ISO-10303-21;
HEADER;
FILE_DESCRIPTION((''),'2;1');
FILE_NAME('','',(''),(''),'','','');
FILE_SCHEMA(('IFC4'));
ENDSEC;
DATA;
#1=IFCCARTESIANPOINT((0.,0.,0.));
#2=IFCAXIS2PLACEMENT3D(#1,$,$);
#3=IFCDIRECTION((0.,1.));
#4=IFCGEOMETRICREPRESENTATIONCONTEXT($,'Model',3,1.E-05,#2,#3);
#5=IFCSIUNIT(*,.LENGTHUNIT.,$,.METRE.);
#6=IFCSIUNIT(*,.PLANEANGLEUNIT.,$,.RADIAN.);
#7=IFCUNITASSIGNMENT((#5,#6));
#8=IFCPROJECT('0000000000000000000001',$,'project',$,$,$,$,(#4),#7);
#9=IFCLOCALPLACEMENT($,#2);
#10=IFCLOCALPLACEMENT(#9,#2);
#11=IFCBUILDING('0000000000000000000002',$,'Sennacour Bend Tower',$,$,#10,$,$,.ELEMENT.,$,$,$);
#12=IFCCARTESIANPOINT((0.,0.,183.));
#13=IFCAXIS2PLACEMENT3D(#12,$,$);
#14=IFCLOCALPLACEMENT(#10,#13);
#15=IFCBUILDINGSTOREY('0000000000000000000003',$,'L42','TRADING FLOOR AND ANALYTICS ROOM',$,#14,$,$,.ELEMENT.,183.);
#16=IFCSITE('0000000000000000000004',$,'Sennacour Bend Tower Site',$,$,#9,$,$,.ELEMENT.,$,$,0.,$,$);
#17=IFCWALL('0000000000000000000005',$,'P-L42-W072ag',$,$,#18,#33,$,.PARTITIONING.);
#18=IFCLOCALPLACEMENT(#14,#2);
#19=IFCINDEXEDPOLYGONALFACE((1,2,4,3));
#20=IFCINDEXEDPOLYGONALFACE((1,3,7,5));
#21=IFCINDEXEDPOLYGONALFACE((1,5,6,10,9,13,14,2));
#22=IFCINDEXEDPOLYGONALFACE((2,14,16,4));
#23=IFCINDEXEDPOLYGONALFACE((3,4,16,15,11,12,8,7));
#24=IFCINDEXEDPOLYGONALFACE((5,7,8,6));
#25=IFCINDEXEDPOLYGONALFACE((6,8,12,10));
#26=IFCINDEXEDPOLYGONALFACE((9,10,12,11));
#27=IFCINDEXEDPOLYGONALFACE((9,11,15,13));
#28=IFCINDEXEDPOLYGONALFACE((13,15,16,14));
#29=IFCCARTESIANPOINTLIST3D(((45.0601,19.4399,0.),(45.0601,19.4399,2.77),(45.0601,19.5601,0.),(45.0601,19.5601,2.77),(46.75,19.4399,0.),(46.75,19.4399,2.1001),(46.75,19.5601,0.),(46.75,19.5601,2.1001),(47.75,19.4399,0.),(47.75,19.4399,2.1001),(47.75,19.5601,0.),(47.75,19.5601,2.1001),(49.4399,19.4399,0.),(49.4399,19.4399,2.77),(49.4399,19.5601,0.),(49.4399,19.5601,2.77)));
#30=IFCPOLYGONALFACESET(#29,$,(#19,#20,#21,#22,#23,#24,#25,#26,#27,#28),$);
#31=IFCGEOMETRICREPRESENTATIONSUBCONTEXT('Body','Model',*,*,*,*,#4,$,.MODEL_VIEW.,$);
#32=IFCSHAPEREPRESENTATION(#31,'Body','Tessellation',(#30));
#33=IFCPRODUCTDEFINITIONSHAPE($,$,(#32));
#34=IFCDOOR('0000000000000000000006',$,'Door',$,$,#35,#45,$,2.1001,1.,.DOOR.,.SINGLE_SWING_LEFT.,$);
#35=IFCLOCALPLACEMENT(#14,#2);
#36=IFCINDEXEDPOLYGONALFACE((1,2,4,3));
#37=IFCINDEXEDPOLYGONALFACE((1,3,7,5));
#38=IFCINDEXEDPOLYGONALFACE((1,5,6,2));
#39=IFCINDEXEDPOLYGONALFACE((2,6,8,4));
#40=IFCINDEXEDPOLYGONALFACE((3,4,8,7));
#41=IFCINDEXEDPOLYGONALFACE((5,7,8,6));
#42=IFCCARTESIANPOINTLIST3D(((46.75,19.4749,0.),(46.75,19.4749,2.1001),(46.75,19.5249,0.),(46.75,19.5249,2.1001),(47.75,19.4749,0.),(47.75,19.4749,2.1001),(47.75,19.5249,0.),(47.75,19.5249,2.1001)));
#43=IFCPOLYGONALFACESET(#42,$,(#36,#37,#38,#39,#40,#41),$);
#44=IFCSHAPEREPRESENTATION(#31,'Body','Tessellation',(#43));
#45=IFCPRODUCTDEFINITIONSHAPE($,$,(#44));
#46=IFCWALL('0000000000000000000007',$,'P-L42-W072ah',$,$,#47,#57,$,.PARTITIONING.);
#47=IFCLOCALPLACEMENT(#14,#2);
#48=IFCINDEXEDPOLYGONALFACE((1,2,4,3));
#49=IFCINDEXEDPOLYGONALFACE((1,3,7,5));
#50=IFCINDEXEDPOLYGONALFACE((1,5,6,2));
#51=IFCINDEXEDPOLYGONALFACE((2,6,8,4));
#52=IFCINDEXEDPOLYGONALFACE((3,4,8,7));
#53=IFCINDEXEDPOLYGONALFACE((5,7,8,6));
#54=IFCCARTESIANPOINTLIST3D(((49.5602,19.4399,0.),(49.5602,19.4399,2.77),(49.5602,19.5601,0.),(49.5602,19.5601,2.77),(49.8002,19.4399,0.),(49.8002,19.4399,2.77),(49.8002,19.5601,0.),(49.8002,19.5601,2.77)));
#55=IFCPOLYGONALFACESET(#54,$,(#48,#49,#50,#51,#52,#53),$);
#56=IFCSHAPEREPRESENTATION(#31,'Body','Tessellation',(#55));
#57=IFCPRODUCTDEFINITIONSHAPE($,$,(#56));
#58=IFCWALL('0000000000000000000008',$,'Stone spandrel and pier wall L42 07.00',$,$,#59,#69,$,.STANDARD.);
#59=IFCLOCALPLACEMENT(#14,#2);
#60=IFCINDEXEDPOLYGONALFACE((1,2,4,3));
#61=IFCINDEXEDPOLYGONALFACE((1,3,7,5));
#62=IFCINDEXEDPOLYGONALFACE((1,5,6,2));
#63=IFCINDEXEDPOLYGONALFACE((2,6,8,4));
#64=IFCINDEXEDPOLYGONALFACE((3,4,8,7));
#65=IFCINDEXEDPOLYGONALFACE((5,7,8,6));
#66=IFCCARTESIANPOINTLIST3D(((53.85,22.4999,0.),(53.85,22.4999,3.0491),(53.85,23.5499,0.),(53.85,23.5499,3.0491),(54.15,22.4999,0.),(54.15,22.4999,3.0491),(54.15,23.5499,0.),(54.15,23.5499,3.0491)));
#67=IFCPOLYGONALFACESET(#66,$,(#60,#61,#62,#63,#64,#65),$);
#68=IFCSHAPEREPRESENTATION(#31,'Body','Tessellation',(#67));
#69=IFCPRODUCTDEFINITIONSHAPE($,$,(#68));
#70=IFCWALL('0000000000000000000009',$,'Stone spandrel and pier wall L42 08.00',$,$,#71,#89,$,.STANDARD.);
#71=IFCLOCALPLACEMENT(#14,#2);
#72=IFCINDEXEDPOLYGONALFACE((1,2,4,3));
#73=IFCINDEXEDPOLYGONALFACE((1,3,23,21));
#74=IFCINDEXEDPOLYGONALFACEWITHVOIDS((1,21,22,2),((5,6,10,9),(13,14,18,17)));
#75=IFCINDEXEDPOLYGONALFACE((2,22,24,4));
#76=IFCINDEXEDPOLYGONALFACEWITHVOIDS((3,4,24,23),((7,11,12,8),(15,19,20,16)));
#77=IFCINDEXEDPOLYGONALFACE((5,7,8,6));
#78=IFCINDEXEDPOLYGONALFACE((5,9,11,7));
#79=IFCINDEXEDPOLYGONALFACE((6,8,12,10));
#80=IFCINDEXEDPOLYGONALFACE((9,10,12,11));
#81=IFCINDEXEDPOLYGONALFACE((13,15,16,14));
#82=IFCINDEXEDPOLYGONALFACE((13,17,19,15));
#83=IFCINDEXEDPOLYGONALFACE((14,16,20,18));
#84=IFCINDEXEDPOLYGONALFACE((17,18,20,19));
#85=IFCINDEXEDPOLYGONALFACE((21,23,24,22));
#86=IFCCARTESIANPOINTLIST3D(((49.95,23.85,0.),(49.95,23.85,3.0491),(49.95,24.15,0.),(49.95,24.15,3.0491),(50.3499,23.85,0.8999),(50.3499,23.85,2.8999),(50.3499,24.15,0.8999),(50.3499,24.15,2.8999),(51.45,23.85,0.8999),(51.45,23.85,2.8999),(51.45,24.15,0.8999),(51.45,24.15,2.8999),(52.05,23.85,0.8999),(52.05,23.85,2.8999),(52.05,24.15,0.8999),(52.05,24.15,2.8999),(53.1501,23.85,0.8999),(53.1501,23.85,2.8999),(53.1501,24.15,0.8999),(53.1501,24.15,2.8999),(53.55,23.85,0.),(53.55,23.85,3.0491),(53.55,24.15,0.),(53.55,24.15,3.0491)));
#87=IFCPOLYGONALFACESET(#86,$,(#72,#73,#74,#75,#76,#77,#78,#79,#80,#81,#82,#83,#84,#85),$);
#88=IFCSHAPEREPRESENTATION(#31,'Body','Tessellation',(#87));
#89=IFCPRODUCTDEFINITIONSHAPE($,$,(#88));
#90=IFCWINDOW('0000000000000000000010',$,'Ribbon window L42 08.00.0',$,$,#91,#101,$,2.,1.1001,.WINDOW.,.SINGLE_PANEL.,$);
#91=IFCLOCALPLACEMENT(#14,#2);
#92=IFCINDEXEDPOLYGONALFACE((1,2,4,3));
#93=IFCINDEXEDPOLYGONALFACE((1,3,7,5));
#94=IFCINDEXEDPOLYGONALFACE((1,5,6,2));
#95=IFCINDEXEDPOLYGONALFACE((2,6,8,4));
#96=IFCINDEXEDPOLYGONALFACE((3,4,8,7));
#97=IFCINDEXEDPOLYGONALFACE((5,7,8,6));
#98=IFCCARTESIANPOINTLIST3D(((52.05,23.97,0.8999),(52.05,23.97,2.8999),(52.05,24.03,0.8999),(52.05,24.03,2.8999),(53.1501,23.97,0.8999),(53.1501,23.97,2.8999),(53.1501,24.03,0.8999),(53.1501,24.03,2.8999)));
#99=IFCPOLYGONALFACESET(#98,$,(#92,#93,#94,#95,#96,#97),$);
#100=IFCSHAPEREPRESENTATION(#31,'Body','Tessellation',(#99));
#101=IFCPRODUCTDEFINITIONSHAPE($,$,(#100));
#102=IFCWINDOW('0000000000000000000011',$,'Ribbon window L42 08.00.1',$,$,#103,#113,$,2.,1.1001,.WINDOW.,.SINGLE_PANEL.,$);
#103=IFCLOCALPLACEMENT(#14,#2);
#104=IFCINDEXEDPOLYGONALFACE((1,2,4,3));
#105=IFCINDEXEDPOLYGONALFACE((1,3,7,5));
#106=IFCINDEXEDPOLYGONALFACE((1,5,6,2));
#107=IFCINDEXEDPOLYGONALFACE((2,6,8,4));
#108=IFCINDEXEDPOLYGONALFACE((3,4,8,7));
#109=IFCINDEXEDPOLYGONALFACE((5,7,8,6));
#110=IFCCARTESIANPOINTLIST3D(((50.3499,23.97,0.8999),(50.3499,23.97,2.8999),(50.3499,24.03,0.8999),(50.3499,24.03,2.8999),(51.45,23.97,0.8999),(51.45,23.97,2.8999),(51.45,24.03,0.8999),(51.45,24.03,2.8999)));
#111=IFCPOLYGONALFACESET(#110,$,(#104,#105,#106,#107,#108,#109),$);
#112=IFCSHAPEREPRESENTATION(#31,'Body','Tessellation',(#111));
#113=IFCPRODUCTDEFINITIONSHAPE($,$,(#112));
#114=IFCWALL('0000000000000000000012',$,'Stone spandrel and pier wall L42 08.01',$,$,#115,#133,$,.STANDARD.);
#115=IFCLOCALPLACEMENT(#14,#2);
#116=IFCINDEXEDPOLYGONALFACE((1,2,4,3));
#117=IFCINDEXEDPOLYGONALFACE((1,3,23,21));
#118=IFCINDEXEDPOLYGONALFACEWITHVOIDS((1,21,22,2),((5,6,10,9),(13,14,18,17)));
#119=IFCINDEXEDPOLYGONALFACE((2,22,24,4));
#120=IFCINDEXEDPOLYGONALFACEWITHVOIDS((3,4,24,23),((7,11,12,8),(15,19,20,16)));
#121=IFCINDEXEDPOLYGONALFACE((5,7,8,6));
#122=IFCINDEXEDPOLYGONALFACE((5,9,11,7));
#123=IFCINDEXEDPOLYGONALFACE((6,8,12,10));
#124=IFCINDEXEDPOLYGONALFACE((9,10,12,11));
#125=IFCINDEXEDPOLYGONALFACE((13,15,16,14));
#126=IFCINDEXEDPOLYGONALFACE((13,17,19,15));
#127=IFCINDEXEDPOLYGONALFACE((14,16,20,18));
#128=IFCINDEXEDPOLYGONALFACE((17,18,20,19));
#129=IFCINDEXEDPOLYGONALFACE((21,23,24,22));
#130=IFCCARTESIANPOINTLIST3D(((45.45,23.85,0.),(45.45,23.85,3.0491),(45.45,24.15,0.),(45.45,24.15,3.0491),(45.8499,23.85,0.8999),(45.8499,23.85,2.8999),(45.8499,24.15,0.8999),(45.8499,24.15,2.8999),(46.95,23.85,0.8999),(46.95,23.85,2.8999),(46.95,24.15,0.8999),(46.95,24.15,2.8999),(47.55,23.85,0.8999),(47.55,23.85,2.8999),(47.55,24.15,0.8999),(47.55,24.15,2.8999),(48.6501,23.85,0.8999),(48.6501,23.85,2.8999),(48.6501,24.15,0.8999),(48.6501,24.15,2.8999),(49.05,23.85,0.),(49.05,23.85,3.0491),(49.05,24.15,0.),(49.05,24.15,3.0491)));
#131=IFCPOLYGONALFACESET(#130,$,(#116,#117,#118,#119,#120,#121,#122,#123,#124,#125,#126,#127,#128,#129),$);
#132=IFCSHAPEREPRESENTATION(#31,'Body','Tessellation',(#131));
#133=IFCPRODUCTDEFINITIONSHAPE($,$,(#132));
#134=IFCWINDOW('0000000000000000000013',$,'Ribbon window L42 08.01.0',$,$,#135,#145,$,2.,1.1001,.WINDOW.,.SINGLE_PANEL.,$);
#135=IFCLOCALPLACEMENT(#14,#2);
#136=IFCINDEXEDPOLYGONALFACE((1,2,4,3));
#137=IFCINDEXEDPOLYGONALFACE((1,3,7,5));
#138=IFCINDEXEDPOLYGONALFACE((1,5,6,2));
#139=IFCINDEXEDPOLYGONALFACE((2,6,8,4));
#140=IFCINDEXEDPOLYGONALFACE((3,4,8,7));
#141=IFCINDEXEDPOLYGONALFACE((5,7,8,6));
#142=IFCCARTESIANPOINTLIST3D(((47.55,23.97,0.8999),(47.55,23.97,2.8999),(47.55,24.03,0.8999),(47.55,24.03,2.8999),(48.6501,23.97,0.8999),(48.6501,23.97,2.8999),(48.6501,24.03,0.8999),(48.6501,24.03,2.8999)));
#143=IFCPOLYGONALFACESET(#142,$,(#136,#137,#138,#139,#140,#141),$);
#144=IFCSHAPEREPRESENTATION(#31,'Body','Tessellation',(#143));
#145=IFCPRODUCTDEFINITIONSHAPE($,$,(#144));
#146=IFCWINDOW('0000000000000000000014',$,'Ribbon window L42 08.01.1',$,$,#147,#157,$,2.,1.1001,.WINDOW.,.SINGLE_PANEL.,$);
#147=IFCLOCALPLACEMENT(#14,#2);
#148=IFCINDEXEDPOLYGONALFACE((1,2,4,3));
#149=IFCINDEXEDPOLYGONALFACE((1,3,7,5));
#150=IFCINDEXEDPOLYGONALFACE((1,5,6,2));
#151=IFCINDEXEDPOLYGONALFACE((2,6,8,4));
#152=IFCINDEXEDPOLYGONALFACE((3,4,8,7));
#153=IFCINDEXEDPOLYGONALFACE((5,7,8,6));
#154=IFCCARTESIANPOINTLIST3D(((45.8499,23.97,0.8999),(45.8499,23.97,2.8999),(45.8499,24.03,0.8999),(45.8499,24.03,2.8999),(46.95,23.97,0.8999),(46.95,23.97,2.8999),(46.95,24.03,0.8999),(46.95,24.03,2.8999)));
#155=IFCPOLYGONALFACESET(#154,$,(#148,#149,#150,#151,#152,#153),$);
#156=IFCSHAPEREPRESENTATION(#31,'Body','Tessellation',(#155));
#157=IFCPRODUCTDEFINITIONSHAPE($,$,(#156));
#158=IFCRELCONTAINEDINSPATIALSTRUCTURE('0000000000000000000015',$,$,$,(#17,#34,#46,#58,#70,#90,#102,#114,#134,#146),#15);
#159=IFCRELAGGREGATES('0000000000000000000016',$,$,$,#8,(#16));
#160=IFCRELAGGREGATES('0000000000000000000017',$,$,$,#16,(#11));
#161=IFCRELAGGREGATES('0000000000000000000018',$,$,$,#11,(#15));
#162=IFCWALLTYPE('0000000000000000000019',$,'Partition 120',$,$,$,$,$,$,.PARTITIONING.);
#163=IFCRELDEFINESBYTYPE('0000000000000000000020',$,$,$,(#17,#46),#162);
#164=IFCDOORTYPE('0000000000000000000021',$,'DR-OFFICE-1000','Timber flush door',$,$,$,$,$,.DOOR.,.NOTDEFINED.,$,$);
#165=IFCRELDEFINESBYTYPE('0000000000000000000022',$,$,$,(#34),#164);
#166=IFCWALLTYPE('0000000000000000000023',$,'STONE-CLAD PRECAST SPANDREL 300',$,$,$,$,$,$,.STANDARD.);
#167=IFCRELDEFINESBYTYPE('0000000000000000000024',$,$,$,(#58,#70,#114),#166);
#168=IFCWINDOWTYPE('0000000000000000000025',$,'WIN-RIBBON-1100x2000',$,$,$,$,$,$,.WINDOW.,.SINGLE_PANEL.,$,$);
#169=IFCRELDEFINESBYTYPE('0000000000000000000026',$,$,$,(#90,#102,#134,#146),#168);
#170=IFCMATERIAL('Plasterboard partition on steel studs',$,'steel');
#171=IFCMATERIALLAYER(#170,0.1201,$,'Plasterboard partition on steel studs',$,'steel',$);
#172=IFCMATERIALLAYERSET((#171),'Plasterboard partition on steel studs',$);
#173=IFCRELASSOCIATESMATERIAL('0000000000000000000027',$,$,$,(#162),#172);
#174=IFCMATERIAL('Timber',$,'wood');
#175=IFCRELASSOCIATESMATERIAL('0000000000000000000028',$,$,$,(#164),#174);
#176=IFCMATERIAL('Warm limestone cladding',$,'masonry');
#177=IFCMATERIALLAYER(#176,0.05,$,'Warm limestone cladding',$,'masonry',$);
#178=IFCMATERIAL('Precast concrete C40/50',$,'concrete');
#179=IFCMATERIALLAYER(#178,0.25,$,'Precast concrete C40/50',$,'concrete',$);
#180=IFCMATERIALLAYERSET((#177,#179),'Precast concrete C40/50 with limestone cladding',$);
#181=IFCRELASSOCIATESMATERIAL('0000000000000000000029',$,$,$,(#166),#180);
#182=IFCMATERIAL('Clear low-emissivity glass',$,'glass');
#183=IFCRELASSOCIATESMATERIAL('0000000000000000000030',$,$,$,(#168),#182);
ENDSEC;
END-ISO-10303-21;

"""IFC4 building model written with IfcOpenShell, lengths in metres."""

from ifc_helpers import new_model, si_unit, direction, frame, frame_2d, origin, place, context, subcontext, project, spatial, rectangle, extrude, material, layer, layer_set, type_object, element, fill, save


model = new_model("IFC4")

# Units and contexts
model_context = context("Model", 3, precision=1e-05, world=origin(), true_north=direction((0.0, 1.0)))
body_context = subcontext(model_context, "Body", "Model", "MODEL_VIEW")
ifc_project = project(units=[si_unit("LENGTHUNIT", "METRE"), si_unit("PLANEANGLEUNIT", "RADIAN")], contexts=[model_context])

# Site, building, storey
site_placement = place(None, origin())
site = spatial("IfcSite", under=ifc_project, at=site_placement, Name="Sennacour Bend Tower Site", CompositionType="ELEMENT", RefElevation=0.0)
building_placement = place(site_placement, origin())
building = spatial("IfcBuilding", under=site, at=building_placement, Name="Sennacour Bend Tower", CompositionType="ELEMENT")
storey_placement = place(building_placement, frame((0.0, 0.0, 183.0)))
storey = spatial("IfcBuildingStorey", under=building, at=storey_placement, Name="L42", Description="TRADING FLOOR AND ANALYTICS ROOM", CompositionType="ELEMENT", Elevation=183.0)

# Shared definitions
ifc_material_1 = material(Name="Plasterboard partition on steel studs", Category="steel")
ifc_layer_1 = layer(ifc_material_1, 0.1201, Name="Plasterboard partition on steel studs", Category="steel")
ifc_layer_set_1 = layer_set([ifc_layer_1], Name="Plasterboard partition on steel studs")
wall_type_1 = type_object("IfcWallType", Name="Partition 120", PredefinedType="PARTITIONING", material=ifc_layer_set_1)

# Wall, opening, door
wall_1_placement = place(storey_placement, frame((45.0601, 19.5, 0.0), z_axis=(0.0, 0.0, 1.0), x_axis=(1.0, 0.0, 0.0)))
wall_1 = element("IfcWall", 1, at=wall_1_placement, inside=storey, type_object=wall_type_1, Name="P-L42-W072ag", PredefinedType="PARTITIONING", context=body_context, shape_type="SweptSolid", body=[
    extrude(rectangle(XDim=4.3799, YDim=0.1201, at=frame_2d((2.1899, 0.0))), origin(), (0.0, 0.0, 1.0), 2.77),
])
opening_1_placement = place(wall_1_placement, frame((1.6899, 0.0, 0.0)))
opening_1 = element("IfcOpeningElement", 2, at=opening_1_placement, cuts=wall_1, PredefinedType="OPENING", context=body_context, shape_type="SweptSolid", body=[
    extrude(rectangle(XDim=1.0, YDim=2.1001, at=frame_2d((0.5, 1.05))), frame((0.0, 0.0701, 0.0), z_axis=(0.0, -1.0, 0.0), x_axis=(1.0, 0.0, 0.0)), (0.0, 0.0, 1.0), 0.1401),
])
ifc_material_2 = material(Name="Timber", Category="wood")
door_type_1 = type_object("IfcDoorType", Name="DR-OFFICE-1000", Description="Timber flush door", OperationType="NOTDEFINED", PredefinedType="DOOR", material=ifc_material_2)
door_1_placement = place(opening_1_placement, origin())
door_1 = element("IfcDoor", 3, at=door_1_placement, inside=storey, type_object=door_type_1, Name="Door", OperationType="SINGLE_SWING_LEFT", OverallHeight=2.1001, OverallWidth=1.0, PredefinedType="DOOR", context=body_context, shape_type="SweptSolid", body=[
    extrude(rectangle(XDim=1.0, YDim=2.1001, at=frame_2d((0.5, 1.05))), frame((0.0, 0.0249, 0.0), z_axis=(0.0, -1.0, 0.0), x_axis=(1.0, 0.0, 0.0)), (0.0, 0.0, 1.0), 0.05),
])
fill(opening_1, door_1)

# Walls
wall_2_placement = place(storey_placement, frame((49.5601, 19.5, 0.0), z_axis=(0.0, 0.0, 1.0), x_axis=(1.0, 0.0, 0.0)))
element("IfcWall", 4, at=wall_2_placement, inside=storey, type_object=wall_type_1, Name="P-L42-W072ah", PredefinedType="PARTITIONING", context=body_context, shape_type="SweptSolid", body=[
    extrude(rectangle(XDim=0.24, YDim=0.1201, at=frame_2d((0.1201, 0.0))), origin(), (0.0, 0.0, 1.0), 2.77),
])
ifc_material_3 = material(Name="Warm limestone cladding", Category="masonry")
ifc_layer_2 = layer(ifc_material_3, 0.05, Name="Warm limestone cladding", Category="masonry")
ifc_material_4 = material(Name="Precast concrete C40/50", Category="concrete")
ifc_layer_3 = layer(ifc_material_4, 0.25, Name="Precast concrete C40/50", Category="concrete")
ifc_layer_set_2 = layer_set([ifc_layer_2, ifc_layer_3], Name="Precast concrete C40/50 with limestone cladding")
wall_type_2 = type_object("IfcWallType", Name="STONE-CLAD PRECAST SPANDREL 300", PredefinedType="STANDARD", material=ifc_layer_set_2)
wall_3_placement = place(storey_placement, frame((54.0, 22.5, 0.0), z_axis=(0.0, 0.0, 1.0), x_axis=(0.0, 1.0, 0.0)))
element("IfcWall", 5, at=wall_3_placement, inside=storey, type_object=wall_type_2, Name="Stone spandrel and pier wall L42 07.00", PredefinedType="STANDARD", context=body_context, shape_type="SweptSolid", body=[
    extrude(rectangle(XDim=1.05, YDim=0.3, at=frame_2d((0.5249, 0.0))), origin(), (0.0, 0.0, 1.0), 3.0491),
])

# Walls, openings, windows
wall_4_placement = place(storey_placement, frame((53.55, 24.0, 0.0), z_axis=(0.0, 0.0, 1.0), x_axis=(-1.0, 0.0, 0.0)))
wall_4 = element("IfcWall", 6, at=wall_4_placement, inside=storey, type_object=wall_type_2, Name="Stone spandrel and pier wall L42 08.00", PredefinedType="STANDARD", context=body_context, shape_type="SweptSolid", body=[
    extrude(rectangle(XDim=3.6001, YDim=0.3, at=frame_2d((1.8, 0.0))), origin(), (0.0, 0.0, 1.0), 3.0491),
])
opening_2_placement = place(wall_4_placement, frame((0.3999, 0.0, 0.8999)))
opening_2 = element("IfcOpeningElement", 7, at=opening_2_placement, cuts=wall_4, PredefinedType="OPENING", context=body_context, shape_type="SweptSolid", body=[
    extrude(rectangle(XDim=1.1001, YDim=2.0, at=frame_2d((0.55, 1.0))), frame((0.0, 0.1602, 0.0), z_axis=(0.0, -1.0, 0.0), x_axis=(1.0, 0.0, 0.0)), (0.0, 0.0, 1.0), 0.3201),
])
opening_3_placement = place(wall_4_placement, frame((2.1001, 0.0, 0.8999)))
opening_3 = element("IfcOpeningElement", 8, at=opening_3_placement, cuts=wall_4, PredefinedType="OPENING", context=body_context, shape_type="SweptSolid", body=[
    extrude(rectangle(XDim=1.1001, YDim=2.0, at=frame_2d((0.55, 1.0))), frame((0.0, 0.1602, 0.0), z_axis=(0.0, -1.0, 0.0), x_axis=(1.0, 0.0, 0.0)), (0.0, 0.0, 1.0), 0.3201),
])
ifc_material_5 = material(Name="Clear low-emissivity glass", Category="glass")
window_type = type_object("IfcWindowType", Name="WIN-RIBBON-1100x2000", PartitioningType="SINGLE_PANEL", PredefinedType="WINDOW", material=ifc_material_5)
window_1_placement = place(opening_2_placement, origin())
window_1 = element("IfcWindow", 9, at=window_1_placement, inside=storey, type_object=window_type, Name="Ribbon window L42 08.00.0", OverallHeight=2.0, OverallWidth=1.1001, PartitioningType="SINGLE_PANEL", PredefinedType="WINDOW", context=body_context, shape_type="SweptSolid", body=[
    extrude(rectangle(XDim=1.1001, YDim=2.0, at=frame_2d((0.55, 1.0))), frame((0.0, 0.03, 0.0), z_axis=(0.0, -1.0, 0.0), x_axis=(1.0, 0.0, 0.0)), (0.0, 0.0, 1.0), 0.0601),
])
fill(opening_2, window_1)
window_2_placement = place(opening_3_placement, origin())
window_2 = element("IfcWindow", 10, at=window_2_placement, inside=storey, type_object=window_type, Name="Ribbon window L42 08.00.1", OverallHeight=2.0, OverallWidth=1.1001, PartitioningType="SINGLE_PANEL", PredefinedType="WINDOW", context=body_context, shape_type="SweptSolid", body=[
    extrude(rectangle(XDim=1.1001, YDim=2.0, at=frame_2d((0.55, 1.0))), frame((0.0, 0.03, 0.0), z_axis=(0.0, -1.0, 0.0), x_axis=(1.0, 0.0, 0.0)), (0.0, 0.0, 1.0), 0.0601),
])
fill(opening_3, window_2)
wall_5_placement = place(storey_placement, frame((49.05, 24.0, 0.0), z_axis=(0.0, 0.0, 1.0), x_axis=(-1.0, 0.0, 0.0)))
wall_5 = element("IfcWall", 11, at=wall_5_placement, inside=storey, type_object=wall_type_2, Name="Stone spandrel and pier wall L42 08.01", PredefinedType="STANDARD", context=body_context, shape_type="SweptSolid", body=[
    extrude(rectangle(XDim=3.6001, YDim=0.3, at=frame_2d((1.8, 0.0))), origin(), (0.0, 0.0, 1.0), 3.0491),
])
opening_4_placement = place(wall_5_placement, frame((0.3999, 0.0, 0.8999)))
opening_4 = element("IfcOpeningElement", 12, at=opening_4_placement, cuts=wall_5, PredefinedType="OPENING", context=body_context, shape_type="SweptSolid", body=[
    extrude(rectangle(XDim=1.1001, YDim=2.0, at=frame_2d((0.55, 1.0))), frame((0.0, 0.1602, 0.0), z_axis=(0.0, -1.0, 0.0), x_axis=(1.0, 0.0, 0.0)), (0.0, 0.0, 1.0), 0.3201),
])
opening_5_placement = place(wall_5_placement, frame((2.1001, 0.0, 0.8999)))
opening_5 = element("IfcOpeningElement", 13, at=opening_5_placement, cuts=wall_5, PredefinedType="OPENING", context=body_context, shape_type="SweptSolid", body=[
    extrude(rectangle(XDim=1.1001, YDim=2.0, at=frame_2d((0.55, 1.0))), frame((0.0, 0.1602, 0.0), z_axis=(0.0, -1.0, 0.0), x_axis=(1.0, 0.0, 0.0)), (0.0, 0.0, 1.0), 0.3201),
])
window_3_placement = place(opening_4_placement, origin())
window_3 = element("IfcWindow", 14, at=window_3_placement, inside=storey, type_object=window_type, Name="Ribbon window L42 08.01.0", OverallHeight=2.0, OverallWidth=1.1001, PartitioningType="SINGLE_PANEL", PredefinedType="WINDOW", context=body_context, shape_type="SweptSolid", body=[
    extrude(rectangle(XDim=1.1001, YDim=2.0, at=frame_2d((0.55, 1.0))), frame((0.0, 0.03, 0.0), z_axis=(0.0, -1.0, 0.0), x_axis=(1.0, 0.0, 0.0)), (0.0, 0.0, 1.0), 0.0601),
])
fill(opening_4, window_3)
window_4_placement = place(opening_5_placement, origin())
window_4 = element("IfcWindow", 15, at=window_4_placement, inside=storey, type_object=window_type, Name="Ribbon window L42 08.01.1", OverallHeight=2.0, OverallWidth=1.1001, PartitioningType="SINGLE_PANEL", PredefinedType="WINDOW", context=body_context, shape_type="SweptSolid", body=[
    extrude(rectangle(XDim=1.1001, YDim=2.0, at=frame_2d((0.55, 1.0))), frame((0.0, 0.03, 0.0), z_axis=(0.0, -1.0, 0.0), x_axis=(1.0, 0.0, 0.0)), (0.0, 0.0, 1.0), 0.0601),
])
fill(opening_5, window_4)

save(model, "model.ifc")
